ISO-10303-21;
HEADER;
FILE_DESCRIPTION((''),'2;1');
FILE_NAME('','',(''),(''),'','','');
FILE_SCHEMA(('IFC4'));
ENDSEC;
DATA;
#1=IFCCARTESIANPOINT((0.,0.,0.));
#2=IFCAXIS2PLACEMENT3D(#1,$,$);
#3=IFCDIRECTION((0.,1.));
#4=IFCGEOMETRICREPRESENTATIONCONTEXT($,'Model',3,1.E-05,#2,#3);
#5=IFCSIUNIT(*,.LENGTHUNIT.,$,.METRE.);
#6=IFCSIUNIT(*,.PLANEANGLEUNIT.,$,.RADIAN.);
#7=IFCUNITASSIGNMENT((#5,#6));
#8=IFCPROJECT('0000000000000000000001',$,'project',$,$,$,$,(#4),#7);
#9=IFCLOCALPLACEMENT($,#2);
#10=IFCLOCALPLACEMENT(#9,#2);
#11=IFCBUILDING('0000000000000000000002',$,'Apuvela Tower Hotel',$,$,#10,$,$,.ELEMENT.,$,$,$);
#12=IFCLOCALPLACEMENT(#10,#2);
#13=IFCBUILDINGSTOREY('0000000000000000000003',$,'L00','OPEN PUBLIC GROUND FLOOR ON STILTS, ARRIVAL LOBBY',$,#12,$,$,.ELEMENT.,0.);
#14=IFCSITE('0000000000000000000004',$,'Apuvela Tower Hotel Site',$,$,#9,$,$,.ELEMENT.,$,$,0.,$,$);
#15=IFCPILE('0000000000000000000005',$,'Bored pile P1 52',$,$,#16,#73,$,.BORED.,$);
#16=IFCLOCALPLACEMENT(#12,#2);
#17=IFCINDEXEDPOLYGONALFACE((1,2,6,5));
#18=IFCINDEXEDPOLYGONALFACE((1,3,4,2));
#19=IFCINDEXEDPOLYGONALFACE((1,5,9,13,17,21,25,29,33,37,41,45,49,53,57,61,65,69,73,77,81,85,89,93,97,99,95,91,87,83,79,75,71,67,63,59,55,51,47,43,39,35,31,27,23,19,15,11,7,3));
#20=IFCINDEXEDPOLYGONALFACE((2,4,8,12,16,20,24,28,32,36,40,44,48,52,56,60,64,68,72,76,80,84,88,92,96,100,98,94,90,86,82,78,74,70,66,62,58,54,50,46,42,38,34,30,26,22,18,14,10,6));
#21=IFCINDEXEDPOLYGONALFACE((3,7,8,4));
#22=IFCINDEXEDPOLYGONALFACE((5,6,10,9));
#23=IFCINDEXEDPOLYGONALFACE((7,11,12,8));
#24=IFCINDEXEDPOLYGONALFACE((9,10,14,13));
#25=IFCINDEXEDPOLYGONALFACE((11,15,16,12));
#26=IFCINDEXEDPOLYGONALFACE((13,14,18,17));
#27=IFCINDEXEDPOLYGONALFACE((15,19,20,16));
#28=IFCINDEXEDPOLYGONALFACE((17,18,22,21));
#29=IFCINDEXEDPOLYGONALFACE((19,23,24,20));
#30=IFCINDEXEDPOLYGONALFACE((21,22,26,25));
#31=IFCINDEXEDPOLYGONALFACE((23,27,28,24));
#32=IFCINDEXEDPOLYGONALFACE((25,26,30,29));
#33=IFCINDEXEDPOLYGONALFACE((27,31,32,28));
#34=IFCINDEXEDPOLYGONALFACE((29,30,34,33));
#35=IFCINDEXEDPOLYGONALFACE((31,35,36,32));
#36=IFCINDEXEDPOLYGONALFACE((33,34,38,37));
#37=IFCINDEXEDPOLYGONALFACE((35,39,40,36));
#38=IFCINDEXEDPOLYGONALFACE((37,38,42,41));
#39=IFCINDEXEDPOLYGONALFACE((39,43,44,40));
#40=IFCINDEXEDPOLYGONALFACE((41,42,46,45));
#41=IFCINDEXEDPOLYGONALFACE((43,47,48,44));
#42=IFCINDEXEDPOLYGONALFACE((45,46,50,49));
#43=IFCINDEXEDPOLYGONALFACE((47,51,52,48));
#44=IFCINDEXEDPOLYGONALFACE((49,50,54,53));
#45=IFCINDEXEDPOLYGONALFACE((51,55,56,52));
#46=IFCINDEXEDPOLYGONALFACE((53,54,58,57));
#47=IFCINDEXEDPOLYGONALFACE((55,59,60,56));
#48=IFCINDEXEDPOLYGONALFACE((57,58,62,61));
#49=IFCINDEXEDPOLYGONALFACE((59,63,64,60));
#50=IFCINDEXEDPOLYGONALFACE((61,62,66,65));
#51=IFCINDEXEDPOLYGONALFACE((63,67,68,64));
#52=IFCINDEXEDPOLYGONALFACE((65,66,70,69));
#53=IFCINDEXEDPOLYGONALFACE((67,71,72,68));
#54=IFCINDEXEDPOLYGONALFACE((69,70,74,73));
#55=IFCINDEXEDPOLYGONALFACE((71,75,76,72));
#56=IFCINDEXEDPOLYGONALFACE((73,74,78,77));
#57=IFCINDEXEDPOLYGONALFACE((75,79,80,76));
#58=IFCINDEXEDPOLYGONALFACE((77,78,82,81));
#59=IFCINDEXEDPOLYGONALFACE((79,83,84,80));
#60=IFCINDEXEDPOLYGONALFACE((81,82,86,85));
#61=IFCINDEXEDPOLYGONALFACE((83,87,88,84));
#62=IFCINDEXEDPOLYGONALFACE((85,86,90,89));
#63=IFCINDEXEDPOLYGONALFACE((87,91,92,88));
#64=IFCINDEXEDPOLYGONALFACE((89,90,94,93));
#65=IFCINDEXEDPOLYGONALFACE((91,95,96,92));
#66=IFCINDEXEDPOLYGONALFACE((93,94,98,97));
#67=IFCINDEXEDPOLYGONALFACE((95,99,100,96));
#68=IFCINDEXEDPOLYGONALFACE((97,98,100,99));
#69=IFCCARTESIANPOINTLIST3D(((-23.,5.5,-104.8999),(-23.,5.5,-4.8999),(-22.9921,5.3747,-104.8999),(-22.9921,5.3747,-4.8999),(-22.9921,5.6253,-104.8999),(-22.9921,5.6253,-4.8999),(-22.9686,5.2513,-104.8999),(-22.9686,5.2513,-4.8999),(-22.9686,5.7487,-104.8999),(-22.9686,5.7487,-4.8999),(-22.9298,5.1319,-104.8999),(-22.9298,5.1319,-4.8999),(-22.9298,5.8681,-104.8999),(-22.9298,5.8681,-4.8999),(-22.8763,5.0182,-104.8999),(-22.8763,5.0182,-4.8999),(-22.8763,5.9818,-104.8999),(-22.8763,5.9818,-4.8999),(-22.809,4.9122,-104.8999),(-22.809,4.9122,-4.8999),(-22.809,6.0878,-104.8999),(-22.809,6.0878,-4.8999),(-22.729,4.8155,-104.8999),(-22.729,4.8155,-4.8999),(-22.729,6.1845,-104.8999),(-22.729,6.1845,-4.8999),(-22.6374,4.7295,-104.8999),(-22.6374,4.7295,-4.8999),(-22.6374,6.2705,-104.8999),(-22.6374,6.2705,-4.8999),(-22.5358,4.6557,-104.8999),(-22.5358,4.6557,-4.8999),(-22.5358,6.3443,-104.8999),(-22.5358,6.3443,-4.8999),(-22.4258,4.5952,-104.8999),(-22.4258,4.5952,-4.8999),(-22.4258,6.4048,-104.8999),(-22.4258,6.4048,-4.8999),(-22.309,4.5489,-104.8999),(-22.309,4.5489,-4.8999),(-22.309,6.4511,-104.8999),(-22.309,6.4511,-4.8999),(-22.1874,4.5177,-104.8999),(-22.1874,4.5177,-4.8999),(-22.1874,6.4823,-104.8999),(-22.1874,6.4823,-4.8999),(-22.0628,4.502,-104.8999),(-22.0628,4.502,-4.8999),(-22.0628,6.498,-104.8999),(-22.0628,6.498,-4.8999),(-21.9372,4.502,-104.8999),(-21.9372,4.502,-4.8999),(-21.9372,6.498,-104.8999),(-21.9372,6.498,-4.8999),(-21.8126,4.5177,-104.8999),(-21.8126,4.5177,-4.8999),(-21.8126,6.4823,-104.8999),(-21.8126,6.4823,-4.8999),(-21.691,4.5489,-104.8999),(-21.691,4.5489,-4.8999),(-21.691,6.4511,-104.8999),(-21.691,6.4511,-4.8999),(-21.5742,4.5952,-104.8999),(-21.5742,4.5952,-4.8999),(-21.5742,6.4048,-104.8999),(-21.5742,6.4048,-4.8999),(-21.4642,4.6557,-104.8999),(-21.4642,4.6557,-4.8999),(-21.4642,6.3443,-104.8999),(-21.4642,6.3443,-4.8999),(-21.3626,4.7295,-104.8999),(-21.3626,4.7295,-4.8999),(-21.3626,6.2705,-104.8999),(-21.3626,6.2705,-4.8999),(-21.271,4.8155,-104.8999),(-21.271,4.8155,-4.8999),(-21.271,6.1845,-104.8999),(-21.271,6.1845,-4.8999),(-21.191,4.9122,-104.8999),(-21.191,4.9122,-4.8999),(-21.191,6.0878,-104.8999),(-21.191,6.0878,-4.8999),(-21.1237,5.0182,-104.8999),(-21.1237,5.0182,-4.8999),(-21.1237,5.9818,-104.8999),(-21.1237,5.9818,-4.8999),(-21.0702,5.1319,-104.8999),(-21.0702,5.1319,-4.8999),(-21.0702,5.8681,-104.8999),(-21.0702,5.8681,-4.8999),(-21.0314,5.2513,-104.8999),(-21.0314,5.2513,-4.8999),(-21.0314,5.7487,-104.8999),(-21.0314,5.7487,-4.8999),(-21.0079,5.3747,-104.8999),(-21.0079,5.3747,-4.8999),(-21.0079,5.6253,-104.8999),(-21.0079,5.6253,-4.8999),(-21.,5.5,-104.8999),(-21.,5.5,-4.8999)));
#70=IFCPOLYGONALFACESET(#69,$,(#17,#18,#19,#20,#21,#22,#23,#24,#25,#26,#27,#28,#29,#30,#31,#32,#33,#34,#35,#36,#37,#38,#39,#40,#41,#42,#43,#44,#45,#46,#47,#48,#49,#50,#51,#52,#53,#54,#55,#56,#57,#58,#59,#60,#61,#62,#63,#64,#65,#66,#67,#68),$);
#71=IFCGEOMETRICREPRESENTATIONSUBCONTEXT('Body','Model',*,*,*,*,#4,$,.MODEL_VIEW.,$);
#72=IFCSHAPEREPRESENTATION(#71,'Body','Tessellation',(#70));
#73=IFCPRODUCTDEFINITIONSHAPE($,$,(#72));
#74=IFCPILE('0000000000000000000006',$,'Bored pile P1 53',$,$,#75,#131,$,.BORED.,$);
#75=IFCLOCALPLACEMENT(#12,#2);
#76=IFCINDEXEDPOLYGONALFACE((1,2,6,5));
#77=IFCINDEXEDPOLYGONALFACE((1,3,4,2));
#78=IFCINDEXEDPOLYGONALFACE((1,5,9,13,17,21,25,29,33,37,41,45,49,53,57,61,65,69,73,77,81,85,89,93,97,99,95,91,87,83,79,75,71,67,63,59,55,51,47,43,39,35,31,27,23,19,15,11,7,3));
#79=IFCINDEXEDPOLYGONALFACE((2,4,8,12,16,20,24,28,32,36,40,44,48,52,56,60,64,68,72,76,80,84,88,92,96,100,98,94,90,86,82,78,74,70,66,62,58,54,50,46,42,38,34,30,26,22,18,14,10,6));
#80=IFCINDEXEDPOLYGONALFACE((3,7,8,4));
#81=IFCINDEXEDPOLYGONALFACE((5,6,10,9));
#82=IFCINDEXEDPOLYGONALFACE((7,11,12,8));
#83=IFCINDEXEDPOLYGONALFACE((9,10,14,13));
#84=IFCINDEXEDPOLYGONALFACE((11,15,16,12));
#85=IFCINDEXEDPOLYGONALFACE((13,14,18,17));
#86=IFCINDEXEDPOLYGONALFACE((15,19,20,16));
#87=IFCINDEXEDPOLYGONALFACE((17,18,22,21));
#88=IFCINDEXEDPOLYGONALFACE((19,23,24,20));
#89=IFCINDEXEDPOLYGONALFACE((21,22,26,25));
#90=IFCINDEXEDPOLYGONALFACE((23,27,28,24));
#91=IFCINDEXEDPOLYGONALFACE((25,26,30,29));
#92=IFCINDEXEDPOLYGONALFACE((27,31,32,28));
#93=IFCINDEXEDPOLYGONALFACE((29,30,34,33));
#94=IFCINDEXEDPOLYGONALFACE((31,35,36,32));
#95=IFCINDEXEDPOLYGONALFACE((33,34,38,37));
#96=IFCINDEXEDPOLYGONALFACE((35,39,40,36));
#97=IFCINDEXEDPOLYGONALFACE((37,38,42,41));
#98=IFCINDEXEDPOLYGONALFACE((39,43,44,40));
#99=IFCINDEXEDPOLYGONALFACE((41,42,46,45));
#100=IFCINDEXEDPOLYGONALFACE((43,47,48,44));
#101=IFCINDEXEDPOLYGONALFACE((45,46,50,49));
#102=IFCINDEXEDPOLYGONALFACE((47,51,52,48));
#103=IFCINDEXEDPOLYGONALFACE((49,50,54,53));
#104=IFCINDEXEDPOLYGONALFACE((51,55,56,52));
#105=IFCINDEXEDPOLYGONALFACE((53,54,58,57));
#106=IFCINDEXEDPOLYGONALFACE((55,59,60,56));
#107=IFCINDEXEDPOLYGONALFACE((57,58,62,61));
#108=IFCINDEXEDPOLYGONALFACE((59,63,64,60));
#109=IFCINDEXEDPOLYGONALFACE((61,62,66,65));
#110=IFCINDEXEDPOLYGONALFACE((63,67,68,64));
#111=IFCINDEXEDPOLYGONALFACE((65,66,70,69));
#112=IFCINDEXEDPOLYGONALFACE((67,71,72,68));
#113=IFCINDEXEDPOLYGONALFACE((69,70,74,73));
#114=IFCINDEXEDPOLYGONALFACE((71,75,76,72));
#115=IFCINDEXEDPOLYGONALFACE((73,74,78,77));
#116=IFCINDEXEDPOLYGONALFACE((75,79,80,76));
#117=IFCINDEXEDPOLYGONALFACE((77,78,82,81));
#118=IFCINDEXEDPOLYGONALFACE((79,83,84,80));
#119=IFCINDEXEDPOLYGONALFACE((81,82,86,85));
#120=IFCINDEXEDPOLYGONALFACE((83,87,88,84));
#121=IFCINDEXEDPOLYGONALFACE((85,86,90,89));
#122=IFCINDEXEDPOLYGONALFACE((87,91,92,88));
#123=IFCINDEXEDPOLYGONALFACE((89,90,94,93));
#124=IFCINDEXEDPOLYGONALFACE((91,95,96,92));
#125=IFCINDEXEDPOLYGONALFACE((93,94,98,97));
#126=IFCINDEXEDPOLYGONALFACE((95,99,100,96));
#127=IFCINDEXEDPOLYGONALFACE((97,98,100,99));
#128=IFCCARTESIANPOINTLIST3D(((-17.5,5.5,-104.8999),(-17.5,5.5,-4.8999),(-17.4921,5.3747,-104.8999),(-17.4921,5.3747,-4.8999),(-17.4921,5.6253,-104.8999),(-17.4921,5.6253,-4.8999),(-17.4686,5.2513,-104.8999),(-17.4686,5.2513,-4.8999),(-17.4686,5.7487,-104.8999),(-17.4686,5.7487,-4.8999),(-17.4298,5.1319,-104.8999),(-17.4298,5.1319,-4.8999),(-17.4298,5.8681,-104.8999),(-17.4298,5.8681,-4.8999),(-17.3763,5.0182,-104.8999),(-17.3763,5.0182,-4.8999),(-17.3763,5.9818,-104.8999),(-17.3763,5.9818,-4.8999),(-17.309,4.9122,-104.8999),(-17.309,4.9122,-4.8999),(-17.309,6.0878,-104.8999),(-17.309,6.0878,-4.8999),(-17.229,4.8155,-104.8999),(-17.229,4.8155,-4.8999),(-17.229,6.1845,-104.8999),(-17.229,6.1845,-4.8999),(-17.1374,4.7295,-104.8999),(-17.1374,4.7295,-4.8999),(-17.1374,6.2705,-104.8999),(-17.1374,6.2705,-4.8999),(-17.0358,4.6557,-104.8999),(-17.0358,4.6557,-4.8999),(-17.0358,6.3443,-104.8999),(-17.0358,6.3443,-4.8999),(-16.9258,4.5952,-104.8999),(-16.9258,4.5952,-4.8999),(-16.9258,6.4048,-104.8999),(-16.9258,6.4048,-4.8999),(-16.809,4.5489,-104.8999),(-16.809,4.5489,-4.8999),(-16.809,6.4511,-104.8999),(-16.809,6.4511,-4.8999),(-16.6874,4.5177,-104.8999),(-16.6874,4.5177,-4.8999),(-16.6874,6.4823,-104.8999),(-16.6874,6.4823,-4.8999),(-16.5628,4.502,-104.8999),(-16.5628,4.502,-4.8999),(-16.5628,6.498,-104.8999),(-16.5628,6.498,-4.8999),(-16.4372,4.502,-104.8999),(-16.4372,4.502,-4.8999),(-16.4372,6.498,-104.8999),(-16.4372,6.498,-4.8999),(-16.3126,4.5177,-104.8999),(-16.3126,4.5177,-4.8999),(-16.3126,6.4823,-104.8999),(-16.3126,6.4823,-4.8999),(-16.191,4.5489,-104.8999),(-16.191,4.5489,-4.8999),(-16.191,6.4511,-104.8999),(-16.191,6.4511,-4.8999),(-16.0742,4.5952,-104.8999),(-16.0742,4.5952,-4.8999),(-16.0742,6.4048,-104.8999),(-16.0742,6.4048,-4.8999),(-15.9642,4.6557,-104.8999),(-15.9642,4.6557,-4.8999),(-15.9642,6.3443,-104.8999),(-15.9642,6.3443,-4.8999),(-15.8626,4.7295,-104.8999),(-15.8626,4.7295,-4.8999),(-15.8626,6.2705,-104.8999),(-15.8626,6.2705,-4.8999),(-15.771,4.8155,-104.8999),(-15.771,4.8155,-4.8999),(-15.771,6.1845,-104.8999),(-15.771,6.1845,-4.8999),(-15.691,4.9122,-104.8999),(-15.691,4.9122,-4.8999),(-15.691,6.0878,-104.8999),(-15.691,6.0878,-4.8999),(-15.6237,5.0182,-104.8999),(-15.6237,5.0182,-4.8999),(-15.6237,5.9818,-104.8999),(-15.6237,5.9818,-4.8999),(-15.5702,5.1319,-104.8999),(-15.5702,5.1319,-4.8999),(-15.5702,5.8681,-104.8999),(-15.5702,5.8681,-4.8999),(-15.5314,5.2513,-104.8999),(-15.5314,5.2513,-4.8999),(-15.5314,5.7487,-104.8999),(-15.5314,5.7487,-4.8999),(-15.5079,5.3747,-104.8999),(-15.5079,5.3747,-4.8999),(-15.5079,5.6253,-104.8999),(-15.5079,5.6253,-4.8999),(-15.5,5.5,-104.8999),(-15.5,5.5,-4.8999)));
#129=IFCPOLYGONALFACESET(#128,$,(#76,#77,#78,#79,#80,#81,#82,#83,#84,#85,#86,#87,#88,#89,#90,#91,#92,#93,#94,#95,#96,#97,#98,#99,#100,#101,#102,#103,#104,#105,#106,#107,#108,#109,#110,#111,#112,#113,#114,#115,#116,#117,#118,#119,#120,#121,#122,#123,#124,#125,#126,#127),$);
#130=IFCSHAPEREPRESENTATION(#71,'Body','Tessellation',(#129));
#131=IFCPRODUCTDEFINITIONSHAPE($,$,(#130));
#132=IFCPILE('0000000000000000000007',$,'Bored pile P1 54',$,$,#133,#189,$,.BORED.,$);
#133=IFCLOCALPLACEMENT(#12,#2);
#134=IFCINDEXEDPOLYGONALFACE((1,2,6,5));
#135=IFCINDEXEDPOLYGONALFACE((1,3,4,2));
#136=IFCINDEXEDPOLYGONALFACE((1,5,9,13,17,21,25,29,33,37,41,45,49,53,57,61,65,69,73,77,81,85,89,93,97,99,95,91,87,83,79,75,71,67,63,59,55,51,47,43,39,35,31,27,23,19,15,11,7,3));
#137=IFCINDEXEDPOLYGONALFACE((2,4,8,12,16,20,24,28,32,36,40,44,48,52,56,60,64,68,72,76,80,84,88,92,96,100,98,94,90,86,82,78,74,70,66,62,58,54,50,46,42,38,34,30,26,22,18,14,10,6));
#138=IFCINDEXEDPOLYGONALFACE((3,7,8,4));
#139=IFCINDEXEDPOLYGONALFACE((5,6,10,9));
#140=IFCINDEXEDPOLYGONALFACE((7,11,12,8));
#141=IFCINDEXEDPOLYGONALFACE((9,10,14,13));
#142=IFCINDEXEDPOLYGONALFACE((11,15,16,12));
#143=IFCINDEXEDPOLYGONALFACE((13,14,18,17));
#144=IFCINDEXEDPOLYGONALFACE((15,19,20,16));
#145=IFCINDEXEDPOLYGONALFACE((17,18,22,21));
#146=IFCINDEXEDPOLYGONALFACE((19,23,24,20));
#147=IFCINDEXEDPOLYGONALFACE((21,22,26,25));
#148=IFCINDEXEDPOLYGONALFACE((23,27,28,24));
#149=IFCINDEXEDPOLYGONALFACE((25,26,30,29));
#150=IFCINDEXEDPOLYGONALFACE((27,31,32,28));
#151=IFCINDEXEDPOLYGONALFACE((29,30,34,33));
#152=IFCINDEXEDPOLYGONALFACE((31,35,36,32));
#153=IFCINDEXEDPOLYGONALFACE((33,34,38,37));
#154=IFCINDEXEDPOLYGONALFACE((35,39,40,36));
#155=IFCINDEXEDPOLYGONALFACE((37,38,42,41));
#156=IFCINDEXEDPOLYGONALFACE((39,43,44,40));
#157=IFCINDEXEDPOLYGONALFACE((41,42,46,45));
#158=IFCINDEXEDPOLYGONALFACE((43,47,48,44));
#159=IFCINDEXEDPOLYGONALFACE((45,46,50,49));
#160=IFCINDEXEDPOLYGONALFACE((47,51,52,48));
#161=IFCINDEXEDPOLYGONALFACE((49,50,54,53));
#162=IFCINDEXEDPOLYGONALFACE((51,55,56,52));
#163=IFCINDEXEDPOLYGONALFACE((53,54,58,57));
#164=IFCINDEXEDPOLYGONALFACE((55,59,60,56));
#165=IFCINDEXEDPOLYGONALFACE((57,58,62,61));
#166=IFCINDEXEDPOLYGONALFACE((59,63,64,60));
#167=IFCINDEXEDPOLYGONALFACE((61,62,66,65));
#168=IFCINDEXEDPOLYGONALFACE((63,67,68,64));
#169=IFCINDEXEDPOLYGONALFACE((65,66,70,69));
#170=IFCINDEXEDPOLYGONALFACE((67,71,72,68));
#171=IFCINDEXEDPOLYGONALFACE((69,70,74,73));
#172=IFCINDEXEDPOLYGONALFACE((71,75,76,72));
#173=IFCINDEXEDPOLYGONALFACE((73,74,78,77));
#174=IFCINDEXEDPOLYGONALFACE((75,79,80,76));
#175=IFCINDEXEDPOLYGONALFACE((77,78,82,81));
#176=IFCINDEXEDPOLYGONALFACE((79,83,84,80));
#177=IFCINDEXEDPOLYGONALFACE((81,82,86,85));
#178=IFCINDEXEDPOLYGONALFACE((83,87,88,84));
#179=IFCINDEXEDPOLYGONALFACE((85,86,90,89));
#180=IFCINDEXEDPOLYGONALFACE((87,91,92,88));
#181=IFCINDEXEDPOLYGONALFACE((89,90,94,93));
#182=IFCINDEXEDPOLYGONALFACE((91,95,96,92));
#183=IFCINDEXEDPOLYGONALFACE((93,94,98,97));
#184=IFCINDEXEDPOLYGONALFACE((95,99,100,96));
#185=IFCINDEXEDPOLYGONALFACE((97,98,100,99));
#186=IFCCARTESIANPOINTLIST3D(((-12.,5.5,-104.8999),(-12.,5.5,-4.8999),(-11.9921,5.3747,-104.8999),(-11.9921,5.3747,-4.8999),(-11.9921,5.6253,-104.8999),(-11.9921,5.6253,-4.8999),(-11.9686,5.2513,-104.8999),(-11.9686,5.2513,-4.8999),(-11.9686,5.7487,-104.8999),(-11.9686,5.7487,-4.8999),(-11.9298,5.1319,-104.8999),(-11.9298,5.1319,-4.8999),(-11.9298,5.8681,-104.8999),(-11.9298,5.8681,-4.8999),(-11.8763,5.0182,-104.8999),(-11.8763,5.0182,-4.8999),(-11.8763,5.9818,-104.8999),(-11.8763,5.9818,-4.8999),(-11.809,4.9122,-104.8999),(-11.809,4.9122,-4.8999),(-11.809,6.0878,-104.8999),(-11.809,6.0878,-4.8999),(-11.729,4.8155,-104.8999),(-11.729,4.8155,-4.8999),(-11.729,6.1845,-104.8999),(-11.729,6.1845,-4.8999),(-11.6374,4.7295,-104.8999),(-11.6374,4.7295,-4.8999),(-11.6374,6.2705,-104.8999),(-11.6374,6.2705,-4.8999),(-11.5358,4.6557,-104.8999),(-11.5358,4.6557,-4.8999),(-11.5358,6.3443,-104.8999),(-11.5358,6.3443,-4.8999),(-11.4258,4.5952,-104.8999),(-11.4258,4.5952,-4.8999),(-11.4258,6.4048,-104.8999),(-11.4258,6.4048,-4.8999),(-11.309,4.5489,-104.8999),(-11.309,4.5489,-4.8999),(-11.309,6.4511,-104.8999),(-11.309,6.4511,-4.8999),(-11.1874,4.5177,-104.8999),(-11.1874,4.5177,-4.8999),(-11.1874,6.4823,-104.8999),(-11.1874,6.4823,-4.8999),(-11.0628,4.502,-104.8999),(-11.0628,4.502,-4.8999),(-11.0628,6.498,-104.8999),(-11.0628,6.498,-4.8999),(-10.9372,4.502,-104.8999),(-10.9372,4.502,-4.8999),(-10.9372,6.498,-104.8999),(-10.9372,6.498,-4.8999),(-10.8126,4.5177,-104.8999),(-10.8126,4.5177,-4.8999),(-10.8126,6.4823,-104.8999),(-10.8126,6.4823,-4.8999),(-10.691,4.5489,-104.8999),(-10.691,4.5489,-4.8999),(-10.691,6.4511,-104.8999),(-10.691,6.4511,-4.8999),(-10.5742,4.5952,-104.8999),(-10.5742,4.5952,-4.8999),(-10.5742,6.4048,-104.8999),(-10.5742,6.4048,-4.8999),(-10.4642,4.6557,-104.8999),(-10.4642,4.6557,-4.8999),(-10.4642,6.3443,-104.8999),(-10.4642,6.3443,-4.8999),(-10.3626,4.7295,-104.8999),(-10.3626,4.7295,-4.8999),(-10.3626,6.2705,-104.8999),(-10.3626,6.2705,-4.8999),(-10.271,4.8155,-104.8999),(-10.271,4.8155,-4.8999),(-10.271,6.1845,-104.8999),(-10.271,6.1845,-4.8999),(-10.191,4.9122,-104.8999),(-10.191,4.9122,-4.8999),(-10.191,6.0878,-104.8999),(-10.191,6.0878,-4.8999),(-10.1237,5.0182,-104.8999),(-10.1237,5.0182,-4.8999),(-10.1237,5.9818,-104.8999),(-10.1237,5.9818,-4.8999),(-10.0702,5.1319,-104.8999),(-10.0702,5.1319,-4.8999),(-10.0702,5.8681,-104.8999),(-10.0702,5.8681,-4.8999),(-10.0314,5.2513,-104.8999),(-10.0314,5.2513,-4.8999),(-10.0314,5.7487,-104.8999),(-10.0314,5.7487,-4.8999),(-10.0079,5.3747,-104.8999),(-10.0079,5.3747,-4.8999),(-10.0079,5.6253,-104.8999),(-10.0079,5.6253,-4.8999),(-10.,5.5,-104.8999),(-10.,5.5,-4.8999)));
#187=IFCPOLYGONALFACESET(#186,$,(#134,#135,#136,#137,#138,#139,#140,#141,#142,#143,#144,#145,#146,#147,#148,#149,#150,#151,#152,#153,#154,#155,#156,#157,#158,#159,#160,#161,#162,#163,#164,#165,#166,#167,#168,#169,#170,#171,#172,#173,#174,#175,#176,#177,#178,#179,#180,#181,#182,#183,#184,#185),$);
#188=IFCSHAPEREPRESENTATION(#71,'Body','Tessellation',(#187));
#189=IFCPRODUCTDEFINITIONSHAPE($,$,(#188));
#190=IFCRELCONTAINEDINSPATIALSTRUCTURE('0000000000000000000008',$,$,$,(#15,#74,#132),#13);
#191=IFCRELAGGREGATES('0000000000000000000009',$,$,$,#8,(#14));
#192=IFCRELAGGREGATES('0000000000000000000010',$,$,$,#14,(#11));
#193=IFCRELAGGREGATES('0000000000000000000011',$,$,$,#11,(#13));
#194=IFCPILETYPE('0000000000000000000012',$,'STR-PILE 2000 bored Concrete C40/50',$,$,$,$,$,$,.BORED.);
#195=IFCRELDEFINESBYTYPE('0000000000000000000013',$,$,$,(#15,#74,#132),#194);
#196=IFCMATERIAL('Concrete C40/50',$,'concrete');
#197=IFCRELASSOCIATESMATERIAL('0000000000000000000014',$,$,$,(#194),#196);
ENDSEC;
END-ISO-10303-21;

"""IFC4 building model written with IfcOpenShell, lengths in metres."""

from ifc_helpers import new_model, si_unit, direction, frame, origin, origin_2d, place, context, subcontext, project, spatial, circle, extrude, material, material_profile, profile_set, type_object, element, save


model = new_model("IFC4")

# Units and contexts
model_context = context("Model", 3, precision=1e-05, world=origin(), true_north=direction((0.0, 1.0)))
body_context = subcontext(model_context, "Body", "Model", "MODEL_VIEW")
ifc_project = project(units=[si_unit("LENGTHUNIT", "METRE"), si_unit("PLANEANGLEUNIT", "RADIAN")], contexts=[model_context])

# Site, building, storey
site_placement = place(None, origin())
site = spatial("IfcSite", under=ifc_project, at=site_placement, Name="Apuvela Tower Hotel Site", CompositionType="ELEMENT", RefElevation=0.0)
building_placement = place(site_placement, origin())
building = spatial("IfcBuilding", under=site, at=building_placement, Name="Apuvela Tower Hotel", CompositionType="ELEMENT")
storey_placement = place(building_placement, origin())
storey = spatial("IfcBuildingStorey", under=building, at=storey_placement, Name="L00", Description="OPEN PUBLIC GROUND FLOOR ON STILTS, ARRIVAL LOBBY", CompositionType="ELEMENT", Elevation=0.0)

# Piles
ifc_material_1 = material(Name="Concrete C40/50", Category="concrete")
ifc_material_profile_1 = material_profile(ifc_material_1, circle(Radius=1.0, at=origin_2d()), Name="PILE 2000")
ifc_profile_set_1 = profile_set([ifc_material_profile_1], Name="Concrete C40/50")
pile_type = type_object("IfcPileType", Name="STR-PILE 2000 bored Concrete C40/50", PredefinedType="BORED", material=ifc_profile_set_1)
for number, where, z_axis, x_axis, name in (
    (1, (-22.0, 5.5, -4.8999), (0.0, 0.0, -1.0), (1.0, 0.0, 0.0), "Bored pile P1 52"),
    (2, (-16.5, 5.5, -4.8999), (0.0, 0.0, -1.0), (1.0, 0.0, 0.0), "Bored pile P1 53"),
    (3, (-11.0, 5.5, -4.8999), (0.0, 0.0, -1.0), (1.0, 0.0, 0.0), "Bored pile P1 54"),
):
    element("IfcPile", number, at=place(storey_placement, frame(where, z_axis=z_axis, x_axis=x_axis)), inside=storey, type_object=pile_type, Name=name, PredefinedType="BORED", context=body_context, shape_type="SweptSolid", body=[
        extrude(circle(Radius=1.0, at=origin_2d()), origin(), (0.0, 0.0, 1.0), 100.0),
    ])

save(model, "model.ifc")
